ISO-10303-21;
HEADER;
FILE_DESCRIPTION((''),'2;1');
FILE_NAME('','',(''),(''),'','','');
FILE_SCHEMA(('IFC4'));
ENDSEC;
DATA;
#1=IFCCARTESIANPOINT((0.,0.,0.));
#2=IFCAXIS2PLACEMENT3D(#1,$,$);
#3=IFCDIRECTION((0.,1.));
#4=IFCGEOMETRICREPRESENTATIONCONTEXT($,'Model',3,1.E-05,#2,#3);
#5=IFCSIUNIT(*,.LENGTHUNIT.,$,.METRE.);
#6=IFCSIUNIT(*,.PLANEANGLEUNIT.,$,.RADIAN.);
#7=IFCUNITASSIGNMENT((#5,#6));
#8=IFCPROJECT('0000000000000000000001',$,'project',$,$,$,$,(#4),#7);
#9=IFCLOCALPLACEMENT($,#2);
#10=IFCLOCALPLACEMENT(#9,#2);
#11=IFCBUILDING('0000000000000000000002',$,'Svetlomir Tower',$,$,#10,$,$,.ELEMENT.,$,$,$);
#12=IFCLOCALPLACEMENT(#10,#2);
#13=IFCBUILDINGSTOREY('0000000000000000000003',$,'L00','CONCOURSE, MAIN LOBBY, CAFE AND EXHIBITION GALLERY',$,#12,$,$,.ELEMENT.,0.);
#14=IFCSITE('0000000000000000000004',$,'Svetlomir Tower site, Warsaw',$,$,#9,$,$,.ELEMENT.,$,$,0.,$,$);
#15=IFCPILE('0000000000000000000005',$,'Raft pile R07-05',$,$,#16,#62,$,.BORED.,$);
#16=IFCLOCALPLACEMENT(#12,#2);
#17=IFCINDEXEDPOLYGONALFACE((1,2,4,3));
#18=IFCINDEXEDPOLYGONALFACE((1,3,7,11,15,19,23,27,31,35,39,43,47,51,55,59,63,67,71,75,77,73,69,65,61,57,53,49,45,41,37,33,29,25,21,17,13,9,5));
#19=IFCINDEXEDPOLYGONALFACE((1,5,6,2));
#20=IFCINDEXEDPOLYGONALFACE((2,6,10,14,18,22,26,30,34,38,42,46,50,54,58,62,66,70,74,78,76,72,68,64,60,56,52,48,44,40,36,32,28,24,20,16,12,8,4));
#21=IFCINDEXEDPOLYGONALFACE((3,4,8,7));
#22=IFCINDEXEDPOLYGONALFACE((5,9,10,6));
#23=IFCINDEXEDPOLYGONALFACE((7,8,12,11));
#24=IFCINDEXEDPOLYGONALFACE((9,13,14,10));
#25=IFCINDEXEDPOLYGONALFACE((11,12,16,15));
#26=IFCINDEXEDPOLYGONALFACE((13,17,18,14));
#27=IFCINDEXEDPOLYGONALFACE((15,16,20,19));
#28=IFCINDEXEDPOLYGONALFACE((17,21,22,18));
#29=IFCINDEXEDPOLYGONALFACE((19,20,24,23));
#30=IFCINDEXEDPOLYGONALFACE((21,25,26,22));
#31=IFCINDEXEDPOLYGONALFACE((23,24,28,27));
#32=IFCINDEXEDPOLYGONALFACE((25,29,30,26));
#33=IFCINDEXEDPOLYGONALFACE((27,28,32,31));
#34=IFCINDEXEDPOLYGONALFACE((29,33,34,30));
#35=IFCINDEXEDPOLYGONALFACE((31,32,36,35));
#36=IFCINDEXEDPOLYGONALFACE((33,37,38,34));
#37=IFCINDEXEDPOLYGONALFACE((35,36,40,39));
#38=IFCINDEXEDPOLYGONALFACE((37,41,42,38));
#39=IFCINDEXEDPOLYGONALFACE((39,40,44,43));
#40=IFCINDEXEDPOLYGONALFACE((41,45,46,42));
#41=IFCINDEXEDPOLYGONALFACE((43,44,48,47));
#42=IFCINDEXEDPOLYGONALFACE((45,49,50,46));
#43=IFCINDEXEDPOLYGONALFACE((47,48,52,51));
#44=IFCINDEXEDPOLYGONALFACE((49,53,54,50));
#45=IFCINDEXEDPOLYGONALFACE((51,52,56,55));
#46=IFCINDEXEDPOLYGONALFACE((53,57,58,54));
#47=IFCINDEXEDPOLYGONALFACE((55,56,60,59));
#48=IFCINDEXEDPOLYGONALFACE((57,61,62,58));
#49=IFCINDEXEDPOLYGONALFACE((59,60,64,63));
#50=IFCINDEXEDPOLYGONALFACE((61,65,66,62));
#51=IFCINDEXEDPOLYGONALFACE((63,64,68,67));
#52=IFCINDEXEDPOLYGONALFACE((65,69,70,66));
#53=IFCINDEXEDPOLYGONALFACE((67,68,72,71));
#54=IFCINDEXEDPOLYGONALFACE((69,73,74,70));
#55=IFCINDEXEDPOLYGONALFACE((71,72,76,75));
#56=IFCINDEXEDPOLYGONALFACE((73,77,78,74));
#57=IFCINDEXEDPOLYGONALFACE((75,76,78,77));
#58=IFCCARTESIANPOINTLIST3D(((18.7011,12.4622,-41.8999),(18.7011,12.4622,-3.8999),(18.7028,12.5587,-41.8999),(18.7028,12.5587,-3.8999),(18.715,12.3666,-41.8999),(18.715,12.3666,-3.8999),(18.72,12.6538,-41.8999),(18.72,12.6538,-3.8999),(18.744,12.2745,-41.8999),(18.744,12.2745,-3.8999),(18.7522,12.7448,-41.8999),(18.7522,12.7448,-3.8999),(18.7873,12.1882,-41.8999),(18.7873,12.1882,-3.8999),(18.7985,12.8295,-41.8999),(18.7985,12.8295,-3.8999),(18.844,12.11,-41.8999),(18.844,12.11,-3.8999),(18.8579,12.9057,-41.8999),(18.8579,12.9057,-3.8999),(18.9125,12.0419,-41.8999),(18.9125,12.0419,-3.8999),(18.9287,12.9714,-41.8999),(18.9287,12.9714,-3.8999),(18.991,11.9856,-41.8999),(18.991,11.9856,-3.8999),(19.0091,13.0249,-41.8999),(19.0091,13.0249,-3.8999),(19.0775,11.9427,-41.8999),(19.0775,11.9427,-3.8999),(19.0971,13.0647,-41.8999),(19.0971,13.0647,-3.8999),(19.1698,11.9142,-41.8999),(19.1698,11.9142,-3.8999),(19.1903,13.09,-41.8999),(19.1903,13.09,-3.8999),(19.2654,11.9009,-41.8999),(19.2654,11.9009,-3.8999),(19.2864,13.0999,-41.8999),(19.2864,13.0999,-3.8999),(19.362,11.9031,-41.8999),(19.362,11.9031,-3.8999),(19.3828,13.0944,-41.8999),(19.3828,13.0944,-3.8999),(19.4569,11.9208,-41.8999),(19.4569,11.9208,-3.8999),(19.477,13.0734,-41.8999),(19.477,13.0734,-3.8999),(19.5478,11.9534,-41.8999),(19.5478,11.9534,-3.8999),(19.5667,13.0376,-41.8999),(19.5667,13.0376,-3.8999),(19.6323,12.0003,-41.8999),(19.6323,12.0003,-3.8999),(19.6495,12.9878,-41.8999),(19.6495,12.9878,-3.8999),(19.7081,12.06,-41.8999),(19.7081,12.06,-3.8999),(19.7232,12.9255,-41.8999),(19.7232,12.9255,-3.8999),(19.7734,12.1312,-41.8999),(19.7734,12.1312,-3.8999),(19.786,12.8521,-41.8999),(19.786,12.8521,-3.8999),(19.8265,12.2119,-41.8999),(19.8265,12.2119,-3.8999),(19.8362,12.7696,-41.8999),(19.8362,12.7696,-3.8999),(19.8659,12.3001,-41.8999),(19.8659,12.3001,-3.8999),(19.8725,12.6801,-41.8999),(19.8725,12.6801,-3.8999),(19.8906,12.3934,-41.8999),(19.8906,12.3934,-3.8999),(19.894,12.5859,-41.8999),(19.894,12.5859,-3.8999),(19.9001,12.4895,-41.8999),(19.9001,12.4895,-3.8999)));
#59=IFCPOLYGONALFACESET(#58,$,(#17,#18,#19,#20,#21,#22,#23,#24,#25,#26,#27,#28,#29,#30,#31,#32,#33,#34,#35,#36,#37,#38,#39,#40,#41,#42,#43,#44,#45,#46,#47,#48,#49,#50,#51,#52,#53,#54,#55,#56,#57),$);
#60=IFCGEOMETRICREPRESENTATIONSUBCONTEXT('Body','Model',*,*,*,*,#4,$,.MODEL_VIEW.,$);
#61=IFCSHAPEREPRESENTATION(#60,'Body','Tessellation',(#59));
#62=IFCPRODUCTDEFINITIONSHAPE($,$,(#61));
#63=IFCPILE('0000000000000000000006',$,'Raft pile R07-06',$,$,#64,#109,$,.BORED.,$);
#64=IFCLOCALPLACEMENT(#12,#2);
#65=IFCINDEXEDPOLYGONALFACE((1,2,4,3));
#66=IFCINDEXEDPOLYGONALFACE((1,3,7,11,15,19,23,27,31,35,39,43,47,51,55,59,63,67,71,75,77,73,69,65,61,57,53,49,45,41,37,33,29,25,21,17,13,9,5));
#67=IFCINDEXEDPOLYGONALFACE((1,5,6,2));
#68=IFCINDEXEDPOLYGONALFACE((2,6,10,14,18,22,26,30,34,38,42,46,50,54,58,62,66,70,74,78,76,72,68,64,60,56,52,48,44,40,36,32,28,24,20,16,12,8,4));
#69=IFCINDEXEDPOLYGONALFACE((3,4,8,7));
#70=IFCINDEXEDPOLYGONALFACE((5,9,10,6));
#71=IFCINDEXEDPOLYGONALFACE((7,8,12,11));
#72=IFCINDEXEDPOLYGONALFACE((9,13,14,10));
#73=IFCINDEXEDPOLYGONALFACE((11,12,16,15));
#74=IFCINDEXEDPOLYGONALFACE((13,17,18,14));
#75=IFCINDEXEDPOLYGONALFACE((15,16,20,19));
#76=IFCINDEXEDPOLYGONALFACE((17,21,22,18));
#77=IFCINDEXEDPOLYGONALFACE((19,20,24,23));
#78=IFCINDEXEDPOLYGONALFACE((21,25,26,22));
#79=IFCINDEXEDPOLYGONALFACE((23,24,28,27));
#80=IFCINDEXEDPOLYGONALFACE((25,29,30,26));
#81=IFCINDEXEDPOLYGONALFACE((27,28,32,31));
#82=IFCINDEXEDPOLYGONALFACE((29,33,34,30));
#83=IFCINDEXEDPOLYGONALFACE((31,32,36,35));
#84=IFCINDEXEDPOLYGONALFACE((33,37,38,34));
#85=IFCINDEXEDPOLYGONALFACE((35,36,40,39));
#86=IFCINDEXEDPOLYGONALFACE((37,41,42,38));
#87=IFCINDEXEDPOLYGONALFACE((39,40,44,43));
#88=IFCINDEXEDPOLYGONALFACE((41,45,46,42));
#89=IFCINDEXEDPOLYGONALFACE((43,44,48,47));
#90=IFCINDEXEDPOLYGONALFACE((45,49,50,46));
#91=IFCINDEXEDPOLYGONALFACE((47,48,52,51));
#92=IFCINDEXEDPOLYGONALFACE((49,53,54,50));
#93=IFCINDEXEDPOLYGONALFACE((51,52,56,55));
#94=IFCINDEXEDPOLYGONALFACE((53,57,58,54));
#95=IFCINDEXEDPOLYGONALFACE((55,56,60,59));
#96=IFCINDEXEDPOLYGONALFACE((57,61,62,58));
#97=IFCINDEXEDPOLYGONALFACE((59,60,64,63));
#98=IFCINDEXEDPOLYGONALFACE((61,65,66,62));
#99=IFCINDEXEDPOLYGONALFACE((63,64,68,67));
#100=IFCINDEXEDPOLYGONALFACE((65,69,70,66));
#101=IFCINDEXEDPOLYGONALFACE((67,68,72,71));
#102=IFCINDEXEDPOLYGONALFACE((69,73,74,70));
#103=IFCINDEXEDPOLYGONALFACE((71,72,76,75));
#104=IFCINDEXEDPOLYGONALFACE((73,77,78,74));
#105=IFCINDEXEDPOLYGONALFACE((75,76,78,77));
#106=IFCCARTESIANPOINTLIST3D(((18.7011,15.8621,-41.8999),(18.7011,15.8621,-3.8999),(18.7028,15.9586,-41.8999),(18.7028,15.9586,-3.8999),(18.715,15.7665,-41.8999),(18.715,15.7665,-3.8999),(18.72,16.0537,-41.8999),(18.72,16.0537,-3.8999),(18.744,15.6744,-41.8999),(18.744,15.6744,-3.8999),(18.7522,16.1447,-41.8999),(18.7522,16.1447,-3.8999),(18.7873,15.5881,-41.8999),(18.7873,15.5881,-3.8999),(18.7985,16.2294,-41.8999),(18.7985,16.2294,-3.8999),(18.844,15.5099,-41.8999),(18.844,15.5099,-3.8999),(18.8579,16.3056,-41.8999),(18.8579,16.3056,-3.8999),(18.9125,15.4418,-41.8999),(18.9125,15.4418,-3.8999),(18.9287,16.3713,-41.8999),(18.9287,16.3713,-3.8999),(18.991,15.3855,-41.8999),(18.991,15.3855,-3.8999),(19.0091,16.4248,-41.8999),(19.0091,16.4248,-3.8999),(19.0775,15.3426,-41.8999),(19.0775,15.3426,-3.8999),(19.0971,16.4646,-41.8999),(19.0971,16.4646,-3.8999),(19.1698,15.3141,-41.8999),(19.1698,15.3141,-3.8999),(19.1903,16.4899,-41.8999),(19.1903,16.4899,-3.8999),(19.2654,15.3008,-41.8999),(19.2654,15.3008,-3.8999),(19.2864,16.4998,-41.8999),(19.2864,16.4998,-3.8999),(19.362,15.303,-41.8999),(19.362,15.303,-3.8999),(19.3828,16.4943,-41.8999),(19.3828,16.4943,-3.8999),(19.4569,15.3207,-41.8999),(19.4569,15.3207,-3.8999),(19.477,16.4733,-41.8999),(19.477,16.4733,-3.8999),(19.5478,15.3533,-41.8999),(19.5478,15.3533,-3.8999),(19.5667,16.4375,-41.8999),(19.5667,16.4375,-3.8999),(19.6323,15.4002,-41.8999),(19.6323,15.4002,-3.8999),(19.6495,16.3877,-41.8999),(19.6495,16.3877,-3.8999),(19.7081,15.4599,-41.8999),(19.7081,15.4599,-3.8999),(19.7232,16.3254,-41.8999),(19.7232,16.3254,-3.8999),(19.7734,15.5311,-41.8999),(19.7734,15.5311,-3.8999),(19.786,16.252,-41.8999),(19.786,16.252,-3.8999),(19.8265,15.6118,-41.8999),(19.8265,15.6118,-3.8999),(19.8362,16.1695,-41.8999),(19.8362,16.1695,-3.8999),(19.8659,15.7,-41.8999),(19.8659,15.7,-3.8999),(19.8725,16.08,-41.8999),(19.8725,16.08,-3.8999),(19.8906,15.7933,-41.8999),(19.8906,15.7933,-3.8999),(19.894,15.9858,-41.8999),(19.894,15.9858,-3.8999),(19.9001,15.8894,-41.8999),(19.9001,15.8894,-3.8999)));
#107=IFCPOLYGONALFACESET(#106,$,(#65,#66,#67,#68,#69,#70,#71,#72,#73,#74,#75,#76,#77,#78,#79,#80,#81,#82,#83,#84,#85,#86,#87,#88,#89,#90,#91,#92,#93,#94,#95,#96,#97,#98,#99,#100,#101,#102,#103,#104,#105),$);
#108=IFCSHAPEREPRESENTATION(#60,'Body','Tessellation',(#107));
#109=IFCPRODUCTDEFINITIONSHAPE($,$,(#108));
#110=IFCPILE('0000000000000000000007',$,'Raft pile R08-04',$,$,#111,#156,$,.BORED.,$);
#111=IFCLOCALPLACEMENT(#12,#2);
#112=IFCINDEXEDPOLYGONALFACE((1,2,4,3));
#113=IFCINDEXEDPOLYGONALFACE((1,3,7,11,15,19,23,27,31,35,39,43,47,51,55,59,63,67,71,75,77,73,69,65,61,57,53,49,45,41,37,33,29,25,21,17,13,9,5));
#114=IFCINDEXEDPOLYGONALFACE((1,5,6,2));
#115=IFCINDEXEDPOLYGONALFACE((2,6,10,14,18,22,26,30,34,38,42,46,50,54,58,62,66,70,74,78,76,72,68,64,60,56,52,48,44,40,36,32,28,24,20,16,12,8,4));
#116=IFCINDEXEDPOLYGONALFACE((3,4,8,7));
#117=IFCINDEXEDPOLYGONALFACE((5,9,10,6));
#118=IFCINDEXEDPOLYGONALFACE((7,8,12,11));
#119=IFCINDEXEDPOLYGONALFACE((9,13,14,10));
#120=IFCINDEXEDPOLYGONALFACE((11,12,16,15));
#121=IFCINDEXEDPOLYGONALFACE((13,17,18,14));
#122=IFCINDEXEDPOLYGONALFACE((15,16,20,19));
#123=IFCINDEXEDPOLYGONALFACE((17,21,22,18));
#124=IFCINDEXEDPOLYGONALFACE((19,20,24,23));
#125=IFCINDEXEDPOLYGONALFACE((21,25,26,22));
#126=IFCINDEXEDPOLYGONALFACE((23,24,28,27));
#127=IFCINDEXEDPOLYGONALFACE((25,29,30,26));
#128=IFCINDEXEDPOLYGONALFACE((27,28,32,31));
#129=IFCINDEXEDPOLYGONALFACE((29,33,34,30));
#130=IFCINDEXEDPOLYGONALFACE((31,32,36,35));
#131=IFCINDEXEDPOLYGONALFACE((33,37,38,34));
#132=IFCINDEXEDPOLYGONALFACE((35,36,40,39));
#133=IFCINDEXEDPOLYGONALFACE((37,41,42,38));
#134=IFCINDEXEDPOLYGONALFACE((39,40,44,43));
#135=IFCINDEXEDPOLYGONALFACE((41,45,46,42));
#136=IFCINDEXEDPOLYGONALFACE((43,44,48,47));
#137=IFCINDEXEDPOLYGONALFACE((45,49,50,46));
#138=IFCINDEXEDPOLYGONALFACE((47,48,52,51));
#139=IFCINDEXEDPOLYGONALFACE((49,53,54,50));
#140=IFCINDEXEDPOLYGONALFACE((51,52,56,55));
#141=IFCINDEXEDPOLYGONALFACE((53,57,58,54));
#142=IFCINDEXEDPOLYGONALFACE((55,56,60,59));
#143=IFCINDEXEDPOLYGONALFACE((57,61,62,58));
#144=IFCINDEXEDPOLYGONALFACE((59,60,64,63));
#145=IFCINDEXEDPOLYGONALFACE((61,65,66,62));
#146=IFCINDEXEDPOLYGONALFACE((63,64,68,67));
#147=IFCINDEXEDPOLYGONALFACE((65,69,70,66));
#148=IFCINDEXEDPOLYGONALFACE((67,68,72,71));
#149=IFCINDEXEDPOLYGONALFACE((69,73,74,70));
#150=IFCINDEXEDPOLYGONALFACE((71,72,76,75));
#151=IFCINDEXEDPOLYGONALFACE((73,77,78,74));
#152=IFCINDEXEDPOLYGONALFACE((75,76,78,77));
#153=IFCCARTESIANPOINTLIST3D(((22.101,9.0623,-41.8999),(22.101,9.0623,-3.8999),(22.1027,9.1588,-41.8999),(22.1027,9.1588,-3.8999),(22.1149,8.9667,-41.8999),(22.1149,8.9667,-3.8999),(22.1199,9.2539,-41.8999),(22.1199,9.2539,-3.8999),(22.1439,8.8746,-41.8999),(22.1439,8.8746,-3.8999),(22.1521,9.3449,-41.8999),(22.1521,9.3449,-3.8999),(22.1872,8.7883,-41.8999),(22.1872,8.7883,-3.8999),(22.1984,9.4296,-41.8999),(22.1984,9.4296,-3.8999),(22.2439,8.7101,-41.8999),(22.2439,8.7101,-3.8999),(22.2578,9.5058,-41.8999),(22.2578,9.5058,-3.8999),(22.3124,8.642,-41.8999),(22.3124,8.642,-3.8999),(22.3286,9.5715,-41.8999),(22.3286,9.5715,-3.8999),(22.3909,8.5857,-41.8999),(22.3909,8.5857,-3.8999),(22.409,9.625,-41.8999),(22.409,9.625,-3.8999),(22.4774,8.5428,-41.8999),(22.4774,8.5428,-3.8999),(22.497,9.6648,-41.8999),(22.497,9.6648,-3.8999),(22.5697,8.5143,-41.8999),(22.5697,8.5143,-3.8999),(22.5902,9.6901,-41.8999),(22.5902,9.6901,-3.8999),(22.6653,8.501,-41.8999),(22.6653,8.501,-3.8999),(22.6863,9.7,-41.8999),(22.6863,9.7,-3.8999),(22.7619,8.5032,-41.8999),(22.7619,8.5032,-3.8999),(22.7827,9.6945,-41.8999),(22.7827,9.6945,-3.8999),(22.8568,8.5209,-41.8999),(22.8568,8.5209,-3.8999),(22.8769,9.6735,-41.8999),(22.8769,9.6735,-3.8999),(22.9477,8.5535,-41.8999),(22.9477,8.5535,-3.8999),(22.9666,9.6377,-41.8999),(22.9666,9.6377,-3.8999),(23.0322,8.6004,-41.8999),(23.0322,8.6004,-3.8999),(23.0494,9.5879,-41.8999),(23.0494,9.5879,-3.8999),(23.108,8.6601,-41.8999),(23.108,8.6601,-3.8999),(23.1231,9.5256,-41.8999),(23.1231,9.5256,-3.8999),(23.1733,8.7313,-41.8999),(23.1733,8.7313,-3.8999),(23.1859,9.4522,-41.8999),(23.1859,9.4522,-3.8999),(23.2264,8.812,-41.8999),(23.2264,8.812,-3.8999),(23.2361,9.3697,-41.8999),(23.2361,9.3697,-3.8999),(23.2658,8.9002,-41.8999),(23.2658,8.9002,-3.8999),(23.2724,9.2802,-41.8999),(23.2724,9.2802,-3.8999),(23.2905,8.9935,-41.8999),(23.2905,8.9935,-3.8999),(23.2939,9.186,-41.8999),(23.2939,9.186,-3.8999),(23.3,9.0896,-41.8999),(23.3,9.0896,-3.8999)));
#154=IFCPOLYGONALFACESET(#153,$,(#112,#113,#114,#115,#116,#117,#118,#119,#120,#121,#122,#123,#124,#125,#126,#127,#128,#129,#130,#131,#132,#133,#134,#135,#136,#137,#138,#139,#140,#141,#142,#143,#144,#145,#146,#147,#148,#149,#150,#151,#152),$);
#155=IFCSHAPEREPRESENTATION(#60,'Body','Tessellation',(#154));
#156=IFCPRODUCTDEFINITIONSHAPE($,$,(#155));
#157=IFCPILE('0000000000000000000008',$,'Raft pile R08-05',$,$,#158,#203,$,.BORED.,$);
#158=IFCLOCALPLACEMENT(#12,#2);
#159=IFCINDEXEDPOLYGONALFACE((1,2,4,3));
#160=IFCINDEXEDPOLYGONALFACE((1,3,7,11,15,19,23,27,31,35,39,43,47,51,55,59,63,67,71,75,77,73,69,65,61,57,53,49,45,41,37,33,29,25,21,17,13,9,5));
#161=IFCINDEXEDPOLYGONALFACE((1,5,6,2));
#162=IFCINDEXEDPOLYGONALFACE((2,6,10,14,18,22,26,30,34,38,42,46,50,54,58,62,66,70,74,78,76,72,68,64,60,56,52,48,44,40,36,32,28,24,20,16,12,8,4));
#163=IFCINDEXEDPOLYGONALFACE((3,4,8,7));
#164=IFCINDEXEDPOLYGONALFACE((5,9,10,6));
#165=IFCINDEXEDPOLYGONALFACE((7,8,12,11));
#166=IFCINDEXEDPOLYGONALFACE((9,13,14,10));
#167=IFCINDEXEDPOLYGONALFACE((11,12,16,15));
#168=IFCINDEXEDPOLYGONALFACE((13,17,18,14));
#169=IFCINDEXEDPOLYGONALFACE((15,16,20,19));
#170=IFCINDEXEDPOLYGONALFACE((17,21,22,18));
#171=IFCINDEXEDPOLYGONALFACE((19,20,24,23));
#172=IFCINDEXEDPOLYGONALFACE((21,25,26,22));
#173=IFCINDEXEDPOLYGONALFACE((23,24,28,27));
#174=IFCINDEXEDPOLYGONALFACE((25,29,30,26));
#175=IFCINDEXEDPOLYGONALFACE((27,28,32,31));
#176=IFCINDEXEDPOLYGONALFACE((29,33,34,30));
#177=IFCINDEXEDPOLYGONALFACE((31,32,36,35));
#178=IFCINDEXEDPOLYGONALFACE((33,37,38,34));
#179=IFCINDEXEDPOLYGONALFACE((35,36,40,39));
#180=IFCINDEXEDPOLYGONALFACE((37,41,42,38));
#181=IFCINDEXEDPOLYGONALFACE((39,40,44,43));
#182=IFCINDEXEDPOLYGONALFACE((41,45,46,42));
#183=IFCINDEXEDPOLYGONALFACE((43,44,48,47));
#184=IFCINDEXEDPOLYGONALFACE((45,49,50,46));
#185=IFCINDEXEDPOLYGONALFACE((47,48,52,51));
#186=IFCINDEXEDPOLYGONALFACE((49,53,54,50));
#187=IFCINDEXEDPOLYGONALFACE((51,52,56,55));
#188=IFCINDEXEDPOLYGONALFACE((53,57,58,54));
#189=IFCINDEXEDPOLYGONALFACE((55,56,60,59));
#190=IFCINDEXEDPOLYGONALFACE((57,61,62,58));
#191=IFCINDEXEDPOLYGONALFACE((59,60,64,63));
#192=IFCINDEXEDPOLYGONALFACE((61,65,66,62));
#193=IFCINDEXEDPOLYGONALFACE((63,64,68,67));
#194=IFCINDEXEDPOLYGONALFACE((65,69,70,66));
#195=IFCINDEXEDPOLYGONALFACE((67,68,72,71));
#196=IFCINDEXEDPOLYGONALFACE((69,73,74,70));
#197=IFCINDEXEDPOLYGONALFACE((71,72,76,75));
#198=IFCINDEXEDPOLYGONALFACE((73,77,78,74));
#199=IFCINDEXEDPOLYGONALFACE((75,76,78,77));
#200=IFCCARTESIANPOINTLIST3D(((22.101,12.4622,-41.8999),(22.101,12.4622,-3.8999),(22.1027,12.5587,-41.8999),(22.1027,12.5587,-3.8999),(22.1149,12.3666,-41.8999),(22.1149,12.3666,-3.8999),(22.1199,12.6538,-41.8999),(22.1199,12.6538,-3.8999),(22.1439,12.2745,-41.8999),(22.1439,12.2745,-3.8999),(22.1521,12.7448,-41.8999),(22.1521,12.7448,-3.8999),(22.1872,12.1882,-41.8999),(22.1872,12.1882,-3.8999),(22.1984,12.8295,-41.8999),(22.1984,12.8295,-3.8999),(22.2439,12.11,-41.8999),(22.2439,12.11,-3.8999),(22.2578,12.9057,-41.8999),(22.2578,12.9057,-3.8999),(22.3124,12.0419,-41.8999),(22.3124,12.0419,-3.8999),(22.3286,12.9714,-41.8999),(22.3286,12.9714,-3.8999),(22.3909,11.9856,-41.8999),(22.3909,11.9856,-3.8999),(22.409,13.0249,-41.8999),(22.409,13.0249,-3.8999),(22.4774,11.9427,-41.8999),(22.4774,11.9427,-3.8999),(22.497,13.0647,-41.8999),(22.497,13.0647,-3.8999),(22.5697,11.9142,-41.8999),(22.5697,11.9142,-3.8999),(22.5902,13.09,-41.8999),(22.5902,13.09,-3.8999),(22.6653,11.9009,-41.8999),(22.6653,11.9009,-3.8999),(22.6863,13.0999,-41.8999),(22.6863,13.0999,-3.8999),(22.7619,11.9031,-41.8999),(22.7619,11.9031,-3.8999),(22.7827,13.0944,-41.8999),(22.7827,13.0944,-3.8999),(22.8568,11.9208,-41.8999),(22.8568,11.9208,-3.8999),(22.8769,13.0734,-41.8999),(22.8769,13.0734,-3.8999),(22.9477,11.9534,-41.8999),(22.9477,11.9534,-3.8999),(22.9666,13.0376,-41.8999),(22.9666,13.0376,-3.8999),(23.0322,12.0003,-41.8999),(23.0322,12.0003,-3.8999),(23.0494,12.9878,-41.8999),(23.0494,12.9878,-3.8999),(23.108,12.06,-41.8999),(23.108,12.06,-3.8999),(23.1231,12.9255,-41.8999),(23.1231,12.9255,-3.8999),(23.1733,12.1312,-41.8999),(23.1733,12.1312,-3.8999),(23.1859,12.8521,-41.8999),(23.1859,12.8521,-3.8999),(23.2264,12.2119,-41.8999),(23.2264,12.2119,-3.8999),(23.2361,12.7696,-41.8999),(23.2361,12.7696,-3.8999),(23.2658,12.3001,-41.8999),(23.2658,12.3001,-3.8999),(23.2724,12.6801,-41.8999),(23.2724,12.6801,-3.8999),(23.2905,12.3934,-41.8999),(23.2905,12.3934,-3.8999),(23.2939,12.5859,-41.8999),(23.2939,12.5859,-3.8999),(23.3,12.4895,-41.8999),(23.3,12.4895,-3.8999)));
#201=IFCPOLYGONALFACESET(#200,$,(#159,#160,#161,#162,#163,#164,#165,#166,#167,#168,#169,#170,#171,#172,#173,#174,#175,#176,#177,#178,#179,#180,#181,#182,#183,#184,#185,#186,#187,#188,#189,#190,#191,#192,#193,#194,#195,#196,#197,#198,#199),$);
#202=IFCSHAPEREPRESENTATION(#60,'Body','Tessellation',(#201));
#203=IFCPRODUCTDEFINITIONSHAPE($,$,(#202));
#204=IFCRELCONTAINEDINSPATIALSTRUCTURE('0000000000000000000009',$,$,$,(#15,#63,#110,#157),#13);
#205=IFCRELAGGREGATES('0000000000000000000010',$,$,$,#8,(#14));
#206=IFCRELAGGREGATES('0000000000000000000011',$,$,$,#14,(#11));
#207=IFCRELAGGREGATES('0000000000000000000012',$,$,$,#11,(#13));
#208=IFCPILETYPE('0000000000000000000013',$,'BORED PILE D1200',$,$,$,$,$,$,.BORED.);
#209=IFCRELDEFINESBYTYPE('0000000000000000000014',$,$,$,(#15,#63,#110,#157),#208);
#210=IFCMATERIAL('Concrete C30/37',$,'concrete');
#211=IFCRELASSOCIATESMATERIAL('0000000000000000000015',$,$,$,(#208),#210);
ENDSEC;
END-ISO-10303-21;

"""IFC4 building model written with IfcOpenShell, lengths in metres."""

from ifc_helpers import new_model, si_unit, direction, frame, frame_2d, origin, origin_2d, place, context, subcontext, project, spatial, circle, extrude, material, material_profile, profile_set, type_object, element, save


model = new_model("IFC4")

# Units and contexts
model_context = context("Model", 3, precision=1e-05, world=origin(), true_north=direction((0.0, 1.0)))
body_context = subcontext(model_context, "Body", "Model", "MODEL_VIEW")
ifc_project = project(units=[si_unit("LENGTHUNIT", "METRE"), si_unit("PLANEANGLEUNIT", "RADIAN")], contexts=[model_context])

# Site, building, storey
site_placement = place(None, origin())
site = spatial("IfcSite", under=ifc_project, at=site_placement, Name="Svetlomir Tower site, Warsaw", CompositionType="ELEMENT", RefElevation=0.0)
building_placement = place(site_placement, origin())
building = spatial("IfcBuilding", under=site, at=building_placement, Name="Svetlomir Tower", CompositionType="ELEMENT")
storey_placement = place(building_placement, origin())
storey = spatial("IfcBuildingStorey", under=building, at=storey_placement, Name="L00", Description="CONCOURSE, MAIN LOBBY, CAFE AND EXHIBITION GALLERY", CompositionType="ELEMENT", Elevation=0.0)

# Piles
ifc_material_1 = material(Name="Concrete C30/37", Category="concrete")
ifc_material_profile = material_profile(ifc_material_1, circle(Radius=0.6001, at=origin_2d()), Name="D1200")
ifc_profile_set = profile_set([ifc_material_profile], Name="Concrete C30/37")
pile_type = type_object("IfcPileType", Name="BORED PILE D1200", PredefinedType="BORED", material=ifc_profile_set)
for number, where, z_axis, x_axis, name in (
    (1, (19.3, 12.5, -3.8999), (0.0, 0.0, -1.0), (1.0, 0.0, 0.0), "Raft pile R07-05"),
    (2, (19.3, 15.8999, -3.8999), (0.0, 0.0, -1.0), (1.0, 0.0, 0.0), "Raft pile R07-06"),
    (3, (22.7, 9.1001, -3.8999), (0.0, 0.0, -1.0), (1.0, 0.0, 0.0), "Raft pile R08-04"),
    (4, (22.7, 12.5, -3.8999), (0.0, 0.0, -1.0), (1.0, 0.0, 0.0), "Raft pile R08-05"),
):
    element("IfcPile", number, at=place(storey_placement, frame(where, z_axis=z_axis, x_axis=x_axis)), inside=storey, type_object=pile_type, Name=name, PredefinedType="BORED", context=body_context, shape_type="SweptSolid", body=[
        extrude(circle(Radius=0.6001, at=frame_2d((0.0, 0.0), x_axis=(0.999848, 0.017452))), origin(), (0.0, 0.0, 1.0), 38.0),
    ])

save(model, "model.ifc")
